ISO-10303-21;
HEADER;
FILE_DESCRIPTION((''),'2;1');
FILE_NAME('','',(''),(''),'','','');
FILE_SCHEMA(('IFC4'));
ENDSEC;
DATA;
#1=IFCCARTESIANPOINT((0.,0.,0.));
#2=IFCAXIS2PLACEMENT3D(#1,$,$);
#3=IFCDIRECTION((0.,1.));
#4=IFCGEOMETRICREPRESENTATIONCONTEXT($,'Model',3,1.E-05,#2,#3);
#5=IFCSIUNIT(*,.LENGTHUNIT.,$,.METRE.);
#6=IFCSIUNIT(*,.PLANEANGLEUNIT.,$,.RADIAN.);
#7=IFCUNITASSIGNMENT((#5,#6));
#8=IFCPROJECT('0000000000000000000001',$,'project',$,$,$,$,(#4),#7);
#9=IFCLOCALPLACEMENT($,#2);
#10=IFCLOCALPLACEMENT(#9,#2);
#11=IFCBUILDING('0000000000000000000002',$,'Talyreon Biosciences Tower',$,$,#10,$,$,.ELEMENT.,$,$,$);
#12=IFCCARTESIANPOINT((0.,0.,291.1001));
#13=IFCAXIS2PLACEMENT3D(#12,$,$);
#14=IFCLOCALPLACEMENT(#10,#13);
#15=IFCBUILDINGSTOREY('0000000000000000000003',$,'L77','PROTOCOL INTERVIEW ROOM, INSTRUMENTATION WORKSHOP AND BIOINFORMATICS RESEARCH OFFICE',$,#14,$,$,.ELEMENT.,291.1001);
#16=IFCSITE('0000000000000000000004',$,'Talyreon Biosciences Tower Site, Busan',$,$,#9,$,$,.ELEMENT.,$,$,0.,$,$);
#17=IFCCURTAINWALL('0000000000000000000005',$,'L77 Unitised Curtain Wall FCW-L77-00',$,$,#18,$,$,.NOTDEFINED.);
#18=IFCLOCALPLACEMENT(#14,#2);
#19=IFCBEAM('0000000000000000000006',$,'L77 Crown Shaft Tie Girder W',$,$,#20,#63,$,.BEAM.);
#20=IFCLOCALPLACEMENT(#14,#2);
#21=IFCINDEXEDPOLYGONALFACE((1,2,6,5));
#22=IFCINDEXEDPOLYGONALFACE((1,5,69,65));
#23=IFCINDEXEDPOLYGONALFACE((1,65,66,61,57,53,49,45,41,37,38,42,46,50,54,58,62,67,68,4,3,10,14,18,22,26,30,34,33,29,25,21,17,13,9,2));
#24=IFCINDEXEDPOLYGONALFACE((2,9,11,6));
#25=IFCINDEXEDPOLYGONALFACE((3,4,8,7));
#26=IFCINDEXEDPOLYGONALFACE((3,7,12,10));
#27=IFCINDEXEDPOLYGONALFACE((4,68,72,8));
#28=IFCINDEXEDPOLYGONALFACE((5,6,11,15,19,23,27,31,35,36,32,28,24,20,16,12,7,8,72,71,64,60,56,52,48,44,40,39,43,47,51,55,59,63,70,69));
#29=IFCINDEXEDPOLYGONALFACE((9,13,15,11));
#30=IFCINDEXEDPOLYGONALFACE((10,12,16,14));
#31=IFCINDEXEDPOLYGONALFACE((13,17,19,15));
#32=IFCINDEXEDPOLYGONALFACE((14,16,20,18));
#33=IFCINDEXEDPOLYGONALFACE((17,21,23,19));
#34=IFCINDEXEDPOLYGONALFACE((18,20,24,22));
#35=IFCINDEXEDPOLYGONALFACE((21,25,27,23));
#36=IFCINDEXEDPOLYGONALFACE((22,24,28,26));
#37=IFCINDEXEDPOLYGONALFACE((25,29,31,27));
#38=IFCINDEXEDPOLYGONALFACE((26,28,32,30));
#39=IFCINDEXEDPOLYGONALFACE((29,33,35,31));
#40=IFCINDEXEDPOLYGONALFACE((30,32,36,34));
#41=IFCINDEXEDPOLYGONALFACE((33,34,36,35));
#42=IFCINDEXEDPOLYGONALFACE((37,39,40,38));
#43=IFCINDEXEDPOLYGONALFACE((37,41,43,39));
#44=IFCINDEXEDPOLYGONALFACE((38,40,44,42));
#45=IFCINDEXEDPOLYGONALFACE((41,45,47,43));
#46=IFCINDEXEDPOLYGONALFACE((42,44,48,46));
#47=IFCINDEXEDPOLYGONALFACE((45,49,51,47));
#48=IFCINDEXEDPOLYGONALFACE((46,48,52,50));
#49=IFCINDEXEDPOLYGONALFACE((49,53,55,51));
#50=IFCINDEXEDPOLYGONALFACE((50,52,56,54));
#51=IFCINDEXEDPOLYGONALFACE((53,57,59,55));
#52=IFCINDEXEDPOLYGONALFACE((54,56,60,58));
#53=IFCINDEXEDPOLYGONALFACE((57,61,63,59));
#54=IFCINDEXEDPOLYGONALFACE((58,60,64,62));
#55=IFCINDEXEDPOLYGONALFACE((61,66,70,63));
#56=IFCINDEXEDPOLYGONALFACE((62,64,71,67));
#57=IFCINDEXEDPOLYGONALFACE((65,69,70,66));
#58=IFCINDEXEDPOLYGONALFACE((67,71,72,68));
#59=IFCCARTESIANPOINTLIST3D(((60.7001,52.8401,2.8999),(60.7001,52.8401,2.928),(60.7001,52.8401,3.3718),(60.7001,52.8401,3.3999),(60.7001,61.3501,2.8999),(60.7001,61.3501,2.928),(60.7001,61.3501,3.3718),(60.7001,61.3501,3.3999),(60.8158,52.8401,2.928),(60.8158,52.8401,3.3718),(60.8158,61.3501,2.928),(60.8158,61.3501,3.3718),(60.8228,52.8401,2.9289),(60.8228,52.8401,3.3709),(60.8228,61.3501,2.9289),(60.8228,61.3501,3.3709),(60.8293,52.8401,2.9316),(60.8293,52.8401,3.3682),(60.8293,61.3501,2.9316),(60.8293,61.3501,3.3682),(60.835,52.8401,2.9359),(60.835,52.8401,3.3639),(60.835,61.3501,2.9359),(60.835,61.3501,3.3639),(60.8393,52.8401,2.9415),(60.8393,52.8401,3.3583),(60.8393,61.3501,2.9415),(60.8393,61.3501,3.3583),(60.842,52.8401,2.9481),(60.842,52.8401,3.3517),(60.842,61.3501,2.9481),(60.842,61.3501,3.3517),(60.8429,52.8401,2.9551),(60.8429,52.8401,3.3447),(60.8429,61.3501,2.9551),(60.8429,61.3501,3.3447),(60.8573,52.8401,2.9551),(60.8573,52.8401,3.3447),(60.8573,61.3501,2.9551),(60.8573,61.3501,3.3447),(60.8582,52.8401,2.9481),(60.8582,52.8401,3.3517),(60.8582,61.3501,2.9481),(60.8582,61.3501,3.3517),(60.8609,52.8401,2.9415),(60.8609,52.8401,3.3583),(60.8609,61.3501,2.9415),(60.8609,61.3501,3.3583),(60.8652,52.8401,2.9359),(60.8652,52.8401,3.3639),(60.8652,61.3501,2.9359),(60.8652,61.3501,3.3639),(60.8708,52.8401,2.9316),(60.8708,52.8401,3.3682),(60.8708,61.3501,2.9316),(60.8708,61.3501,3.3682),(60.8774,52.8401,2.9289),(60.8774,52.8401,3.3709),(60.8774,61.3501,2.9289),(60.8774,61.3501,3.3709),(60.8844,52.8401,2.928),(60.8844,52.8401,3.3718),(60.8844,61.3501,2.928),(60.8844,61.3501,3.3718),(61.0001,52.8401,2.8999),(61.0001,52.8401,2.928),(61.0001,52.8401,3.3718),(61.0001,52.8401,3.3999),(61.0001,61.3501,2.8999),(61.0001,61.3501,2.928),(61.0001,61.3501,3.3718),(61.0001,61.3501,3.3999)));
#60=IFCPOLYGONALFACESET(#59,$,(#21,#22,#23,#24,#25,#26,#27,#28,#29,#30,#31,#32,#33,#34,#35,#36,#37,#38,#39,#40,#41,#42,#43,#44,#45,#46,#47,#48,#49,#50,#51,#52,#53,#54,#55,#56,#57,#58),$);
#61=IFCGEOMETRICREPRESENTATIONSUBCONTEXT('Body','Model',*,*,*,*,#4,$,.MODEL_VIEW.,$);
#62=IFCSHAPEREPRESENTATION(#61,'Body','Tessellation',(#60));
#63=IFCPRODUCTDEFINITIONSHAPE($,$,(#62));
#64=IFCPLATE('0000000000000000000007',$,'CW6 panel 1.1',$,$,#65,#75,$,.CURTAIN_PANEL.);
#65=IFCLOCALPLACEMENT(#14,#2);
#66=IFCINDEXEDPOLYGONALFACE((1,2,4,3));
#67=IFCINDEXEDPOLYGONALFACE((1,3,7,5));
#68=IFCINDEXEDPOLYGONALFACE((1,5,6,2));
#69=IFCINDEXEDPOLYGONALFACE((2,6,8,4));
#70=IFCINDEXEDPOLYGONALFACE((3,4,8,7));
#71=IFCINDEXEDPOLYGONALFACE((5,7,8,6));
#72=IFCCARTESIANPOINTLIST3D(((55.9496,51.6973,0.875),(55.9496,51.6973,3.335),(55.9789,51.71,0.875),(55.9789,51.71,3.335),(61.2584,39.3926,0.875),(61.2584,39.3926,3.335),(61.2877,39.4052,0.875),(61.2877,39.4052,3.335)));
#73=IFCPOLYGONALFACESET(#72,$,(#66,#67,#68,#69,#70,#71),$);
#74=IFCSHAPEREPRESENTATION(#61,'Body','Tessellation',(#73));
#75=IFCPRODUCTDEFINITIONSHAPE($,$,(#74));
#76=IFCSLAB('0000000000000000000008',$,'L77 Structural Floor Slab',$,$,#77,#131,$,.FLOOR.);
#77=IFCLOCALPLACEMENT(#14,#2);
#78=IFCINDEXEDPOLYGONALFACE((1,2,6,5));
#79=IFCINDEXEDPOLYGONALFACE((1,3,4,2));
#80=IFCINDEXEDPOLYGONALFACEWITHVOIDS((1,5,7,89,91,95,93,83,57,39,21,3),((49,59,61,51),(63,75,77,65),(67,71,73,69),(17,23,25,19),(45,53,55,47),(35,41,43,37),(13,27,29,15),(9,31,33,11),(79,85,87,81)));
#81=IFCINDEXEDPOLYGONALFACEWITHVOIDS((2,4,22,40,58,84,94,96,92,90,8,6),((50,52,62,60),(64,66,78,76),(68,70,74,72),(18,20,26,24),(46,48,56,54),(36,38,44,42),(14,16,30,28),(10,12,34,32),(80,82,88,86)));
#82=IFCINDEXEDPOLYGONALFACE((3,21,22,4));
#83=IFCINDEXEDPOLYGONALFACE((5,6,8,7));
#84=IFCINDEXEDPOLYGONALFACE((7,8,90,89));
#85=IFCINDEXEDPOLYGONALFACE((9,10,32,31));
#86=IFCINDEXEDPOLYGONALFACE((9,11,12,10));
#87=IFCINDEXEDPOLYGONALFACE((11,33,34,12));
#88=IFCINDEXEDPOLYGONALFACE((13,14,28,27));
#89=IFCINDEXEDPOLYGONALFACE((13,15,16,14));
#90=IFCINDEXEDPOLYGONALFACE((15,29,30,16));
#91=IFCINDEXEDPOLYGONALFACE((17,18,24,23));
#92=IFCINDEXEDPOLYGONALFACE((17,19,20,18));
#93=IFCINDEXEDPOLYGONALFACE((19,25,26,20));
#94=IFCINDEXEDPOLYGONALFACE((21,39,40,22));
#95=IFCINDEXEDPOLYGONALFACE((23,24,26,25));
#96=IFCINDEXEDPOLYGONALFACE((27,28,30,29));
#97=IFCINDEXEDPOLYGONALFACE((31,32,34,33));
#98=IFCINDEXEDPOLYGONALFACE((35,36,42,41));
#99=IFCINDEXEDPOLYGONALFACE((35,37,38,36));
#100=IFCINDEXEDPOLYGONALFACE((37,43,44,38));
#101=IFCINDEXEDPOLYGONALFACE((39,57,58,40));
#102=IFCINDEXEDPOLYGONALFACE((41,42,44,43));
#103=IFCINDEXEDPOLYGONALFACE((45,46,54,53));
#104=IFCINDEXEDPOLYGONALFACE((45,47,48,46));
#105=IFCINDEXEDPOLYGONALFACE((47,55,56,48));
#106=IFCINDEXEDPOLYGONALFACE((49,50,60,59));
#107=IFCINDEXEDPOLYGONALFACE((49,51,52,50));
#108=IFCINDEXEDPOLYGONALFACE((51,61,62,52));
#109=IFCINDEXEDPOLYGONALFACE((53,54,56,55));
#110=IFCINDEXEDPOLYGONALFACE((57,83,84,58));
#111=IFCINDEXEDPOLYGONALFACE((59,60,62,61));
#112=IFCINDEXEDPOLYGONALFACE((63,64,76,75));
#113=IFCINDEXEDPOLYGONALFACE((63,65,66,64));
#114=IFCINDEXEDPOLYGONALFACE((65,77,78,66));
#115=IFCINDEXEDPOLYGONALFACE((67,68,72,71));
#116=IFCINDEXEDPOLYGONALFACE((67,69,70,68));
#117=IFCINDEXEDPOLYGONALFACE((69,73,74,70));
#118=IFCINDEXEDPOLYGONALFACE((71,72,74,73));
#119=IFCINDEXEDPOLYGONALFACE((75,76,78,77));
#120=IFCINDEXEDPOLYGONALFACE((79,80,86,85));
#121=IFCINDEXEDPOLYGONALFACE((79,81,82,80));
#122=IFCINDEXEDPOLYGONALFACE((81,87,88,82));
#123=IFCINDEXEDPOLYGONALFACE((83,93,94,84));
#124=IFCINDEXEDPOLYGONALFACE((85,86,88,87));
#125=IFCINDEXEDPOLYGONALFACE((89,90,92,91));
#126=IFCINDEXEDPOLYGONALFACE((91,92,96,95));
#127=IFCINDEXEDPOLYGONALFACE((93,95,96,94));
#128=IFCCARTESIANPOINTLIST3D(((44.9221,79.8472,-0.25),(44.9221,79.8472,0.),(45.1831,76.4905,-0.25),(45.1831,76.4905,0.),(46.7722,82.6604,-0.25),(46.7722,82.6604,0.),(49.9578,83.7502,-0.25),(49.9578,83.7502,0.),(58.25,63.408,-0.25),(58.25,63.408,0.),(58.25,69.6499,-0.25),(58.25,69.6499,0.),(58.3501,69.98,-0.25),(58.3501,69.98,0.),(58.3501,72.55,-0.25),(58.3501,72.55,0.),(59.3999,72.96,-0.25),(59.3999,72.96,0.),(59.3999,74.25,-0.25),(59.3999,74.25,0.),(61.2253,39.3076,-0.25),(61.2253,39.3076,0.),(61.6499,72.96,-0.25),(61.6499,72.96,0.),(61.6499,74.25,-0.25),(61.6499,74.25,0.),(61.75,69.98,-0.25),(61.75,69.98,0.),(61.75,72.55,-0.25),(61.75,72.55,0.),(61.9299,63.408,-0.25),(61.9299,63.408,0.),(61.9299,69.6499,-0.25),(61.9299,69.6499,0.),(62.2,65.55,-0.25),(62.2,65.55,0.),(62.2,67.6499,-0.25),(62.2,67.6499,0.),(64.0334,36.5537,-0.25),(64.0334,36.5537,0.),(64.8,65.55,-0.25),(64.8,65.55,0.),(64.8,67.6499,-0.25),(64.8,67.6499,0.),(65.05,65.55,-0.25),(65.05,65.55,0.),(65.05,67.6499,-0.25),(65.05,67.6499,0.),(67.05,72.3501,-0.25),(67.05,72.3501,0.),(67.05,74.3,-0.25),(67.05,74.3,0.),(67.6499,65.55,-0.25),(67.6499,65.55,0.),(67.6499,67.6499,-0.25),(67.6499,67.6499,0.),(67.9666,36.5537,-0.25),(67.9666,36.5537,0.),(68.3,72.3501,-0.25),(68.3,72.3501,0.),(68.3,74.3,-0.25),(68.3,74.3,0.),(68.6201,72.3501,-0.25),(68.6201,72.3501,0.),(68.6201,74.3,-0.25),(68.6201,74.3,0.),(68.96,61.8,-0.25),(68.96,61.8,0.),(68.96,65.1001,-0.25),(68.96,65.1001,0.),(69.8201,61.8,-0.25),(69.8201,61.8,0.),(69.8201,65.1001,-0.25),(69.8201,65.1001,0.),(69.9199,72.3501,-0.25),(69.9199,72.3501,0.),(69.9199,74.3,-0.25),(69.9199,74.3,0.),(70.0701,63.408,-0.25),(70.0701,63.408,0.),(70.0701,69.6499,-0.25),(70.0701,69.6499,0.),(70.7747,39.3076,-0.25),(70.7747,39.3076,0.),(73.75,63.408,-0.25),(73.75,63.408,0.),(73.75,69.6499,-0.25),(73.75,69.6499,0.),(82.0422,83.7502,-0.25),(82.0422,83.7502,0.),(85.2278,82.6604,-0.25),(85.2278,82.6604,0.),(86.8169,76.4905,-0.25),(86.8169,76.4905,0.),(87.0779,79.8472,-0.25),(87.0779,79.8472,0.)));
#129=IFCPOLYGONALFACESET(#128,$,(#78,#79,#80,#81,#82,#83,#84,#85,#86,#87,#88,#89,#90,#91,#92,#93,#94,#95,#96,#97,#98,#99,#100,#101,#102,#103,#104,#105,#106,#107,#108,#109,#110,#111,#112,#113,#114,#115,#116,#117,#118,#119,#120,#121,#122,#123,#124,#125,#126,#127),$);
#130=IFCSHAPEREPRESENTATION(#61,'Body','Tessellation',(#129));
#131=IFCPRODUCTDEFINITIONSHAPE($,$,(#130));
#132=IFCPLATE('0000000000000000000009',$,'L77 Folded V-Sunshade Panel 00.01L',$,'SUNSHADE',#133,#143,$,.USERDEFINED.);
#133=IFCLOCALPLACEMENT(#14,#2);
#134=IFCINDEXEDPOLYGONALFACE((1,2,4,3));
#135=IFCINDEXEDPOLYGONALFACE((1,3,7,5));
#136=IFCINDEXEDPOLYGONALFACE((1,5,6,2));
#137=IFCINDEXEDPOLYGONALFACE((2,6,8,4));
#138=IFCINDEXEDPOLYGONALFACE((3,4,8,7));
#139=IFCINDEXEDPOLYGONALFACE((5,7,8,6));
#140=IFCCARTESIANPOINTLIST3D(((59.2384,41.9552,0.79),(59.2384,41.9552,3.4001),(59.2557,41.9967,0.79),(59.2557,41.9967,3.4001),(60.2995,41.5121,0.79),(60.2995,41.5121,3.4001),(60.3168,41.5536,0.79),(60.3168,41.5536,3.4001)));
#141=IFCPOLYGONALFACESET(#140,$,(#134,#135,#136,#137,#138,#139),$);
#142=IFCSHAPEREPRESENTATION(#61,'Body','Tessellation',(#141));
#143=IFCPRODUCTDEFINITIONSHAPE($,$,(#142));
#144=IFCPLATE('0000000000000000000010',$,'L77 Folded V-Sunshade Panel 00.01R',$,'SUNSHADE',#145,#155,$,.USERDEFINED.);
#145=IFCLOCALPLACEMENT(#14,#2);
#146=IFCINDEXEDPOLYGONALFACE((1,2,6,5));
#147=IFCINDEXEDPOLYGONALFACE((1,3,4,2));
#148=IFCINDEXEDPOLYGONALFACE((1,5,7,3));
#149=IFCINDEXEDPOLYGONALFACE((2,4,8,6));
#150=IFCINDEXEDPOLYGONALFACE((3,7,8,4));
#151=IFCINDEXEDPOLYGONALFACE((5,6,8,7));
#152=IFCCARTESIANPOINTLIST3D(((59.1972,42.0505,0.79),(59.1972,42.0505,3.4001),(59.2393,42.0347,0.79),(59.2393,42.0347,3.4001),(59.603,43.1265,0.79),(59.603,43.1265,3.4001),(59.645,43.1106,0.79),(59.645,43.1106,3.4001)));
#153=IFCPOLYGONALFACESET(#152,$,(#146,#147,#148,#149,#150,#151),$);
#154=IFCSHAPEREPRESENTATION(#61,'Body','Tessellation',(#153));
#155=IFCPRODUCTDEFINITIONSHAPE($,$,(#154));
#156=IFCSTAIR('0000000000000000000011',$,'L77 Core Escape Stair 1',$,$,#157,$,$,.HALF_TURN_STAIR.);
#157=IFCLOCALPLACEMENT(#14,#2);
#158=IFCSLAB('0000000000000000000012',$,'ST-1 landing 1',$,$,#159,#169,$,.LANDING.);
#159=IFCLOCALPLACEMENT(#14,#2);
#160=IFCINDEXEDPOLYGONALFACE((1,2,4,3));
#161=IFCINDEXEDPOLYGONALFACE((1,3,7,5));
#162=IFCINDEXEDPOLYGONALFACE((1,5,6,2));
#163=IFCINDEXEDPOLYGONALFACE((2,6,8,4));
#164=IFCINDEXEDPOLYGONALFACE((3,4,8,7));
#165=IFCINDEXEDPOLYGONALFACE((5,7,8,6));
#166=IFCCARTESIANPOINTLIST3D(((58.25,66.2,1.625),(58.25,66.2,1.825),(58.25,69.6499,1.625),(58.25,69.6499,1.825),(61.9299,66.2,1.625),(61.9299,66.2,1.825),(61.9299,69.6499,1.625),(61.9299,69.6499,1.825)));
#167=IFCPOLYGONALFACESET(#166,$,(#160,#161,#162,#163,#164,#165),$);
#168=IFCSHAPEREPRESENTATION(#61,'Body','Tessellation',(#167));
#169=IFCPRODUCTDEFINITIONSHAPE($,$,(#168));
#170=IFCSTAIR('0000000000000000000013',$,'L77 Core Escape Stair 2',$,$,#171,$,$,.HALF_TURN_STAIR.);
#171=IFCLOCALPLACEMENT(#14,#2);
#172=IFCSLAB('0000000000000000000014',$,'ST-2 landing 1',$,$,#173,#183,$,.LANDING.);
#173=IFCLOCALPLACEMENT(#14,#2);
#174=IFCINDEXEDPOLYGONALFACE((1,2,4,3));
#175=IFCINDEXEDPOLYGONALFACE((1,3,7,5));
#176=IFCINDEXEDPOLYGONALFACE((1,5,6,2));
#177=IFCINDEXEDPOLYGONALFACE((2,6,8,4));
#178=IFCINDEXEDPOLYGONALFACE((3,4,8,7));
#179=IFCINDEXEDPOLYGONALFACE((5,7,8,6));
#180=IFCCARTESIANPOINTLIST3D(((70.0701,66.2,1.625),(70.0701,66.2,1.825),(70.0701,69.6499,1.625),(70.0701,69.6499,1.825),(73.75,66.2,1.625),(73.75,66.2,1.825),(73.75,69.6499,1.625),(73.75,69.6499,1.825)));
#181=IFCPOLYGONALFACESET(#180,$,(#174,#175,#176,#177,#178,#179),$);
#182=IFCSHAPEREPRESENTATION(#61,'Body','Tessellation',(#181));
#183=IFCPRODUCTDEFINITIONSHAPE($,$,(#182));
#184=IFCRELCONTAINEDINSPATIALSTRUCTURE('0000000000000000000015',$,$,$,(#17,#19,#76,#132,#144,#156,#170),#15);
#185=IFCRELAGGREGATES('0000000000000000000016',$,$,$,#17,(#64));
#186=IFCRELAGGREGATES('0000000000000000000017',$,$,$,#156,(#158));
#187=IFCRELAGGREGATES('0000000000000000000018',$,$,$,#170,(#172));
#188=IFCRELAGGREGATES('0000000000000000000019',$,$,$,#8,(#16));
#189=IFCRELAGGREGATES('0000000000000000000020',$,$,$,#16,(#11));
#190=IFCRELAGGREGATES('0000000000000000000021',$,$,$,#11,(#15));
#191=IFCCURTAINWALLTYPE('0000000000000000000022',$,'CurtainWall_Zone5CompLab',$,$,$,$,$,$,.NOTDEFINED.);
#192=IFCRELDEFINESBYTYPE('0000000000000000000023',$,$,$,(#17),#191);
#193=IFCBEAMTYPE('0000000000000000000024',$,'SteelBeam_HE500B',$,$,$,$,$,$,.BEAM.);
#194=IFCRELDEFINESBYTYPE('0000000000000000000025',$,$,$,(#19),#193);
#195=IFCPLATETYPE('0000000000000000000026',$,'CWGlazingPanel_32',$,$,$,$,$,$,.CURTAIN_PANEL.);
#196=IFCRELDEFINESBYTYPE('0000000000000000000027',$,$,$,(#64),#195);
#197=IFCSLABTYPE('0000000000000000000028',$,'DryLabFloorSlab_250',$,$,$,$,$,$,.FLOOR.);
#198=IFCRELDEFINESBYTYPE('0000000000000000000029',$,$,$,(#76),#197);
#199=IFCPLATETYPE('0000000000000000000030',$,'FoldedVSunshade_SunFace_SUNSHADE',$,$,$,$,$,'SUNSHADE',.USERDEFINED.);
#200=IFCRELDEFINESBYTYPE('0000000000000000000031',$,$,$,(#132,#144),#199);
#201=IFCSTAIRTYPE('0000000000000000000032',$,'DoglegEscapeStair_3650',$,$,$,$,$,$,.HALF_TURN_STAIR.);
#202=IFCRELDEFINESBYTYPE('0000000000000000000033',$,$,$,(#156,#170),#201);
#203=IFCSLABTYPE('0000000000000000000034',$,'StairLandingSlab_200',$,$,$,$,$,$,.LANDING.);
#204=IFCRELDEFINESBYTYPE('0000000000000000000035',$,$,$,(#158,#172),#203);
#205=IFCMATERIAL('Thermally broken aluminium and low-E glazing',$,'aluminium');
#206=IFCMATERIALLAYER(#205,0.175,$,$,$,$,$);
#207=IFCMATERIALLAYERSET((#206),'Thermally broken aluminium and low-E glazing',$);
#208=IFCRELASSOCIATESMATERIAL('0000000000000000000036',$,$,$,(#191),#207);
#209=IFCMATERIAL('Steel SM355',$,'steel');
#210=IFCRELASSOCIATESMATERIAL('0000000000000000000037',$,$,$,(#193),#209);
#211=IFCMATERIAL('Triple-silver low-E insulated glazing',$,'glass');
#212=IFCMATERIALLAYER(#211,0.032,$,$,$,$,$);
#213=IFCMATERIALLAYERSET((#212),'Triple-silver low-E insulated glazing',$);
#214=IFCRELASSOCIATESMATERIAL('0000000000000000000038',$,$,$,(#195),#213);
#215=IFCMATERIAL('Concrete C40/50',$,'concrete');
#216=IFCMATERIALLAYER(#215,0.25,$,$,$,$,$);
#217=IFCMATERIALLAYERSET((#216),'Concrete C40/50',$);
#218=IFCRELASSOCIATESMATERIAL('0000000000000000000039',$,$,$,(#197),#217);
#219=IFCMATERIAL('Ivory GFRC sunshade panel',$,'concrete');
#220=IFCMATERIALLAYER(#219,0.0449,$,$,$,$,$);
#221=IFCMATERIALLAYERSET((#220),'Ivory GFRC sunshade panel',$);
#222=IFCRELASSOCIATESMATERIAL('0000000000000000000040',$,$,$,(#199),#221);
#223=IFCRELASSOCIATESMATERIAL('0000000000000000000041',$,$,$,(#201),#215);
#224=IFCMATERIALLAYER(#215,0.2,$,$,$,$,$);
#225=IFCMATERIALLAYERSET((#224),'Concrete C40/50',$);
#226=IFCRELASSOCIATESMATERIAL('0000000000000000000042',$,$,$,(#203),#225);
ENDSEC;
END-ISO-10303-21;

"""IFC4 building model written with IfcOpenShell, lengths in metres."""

from ifc_helpers import new_model, si_unit, direction, frame, origin, origin_2d, place, context, subcontext, project, spatial, polyline, rectangle, i_section, outline, extrude, material, layer, layer_set, material_profile, profile_set, type_object, element, aggregate, save


model = new_model("IFC4")

# Units and contexts
model_context = context("Model", 3, precision=1e-05, world=origin(), true_north=direction((0.0, 1.0)))
body_context = subcontext(model_context, "Body", "Model", "MODEL_VIEW")
ifc_project = project(units=[si_unit("LENGTHUNIT", "METRE"), si_unit("PLANEANGLEUNIT", "RADIAN")], contexts=[model_context])

# Site, building, storey
site_placement = place(None, origin())
site = spatial("IfcSite", under=ifc_project, at=site_placement, Name="Talyreon Biosciences Tower Site, Busan", CompositionType="ELEMENT", RefElevation=0.0)
building_placement = place(site_placement, origin())
building = spatial("IfcBuilding", under=site, at=building_placement, Name="Talyreon Biosciences Tower", CompositionType="ELEMENT")
storey_placement = place(building_placement, frame((0.0, 0.0, 291.1001)))
storey = spatial("IfcBuildingStorey", under=building, at=storey_placement, Name="L77", Description="PROTOCOL INTERVIEW ROOM, INSTRUMENTATION WORKSHOP AND BIOINFORMATICS RESEARCH OFFICE", CompositionType="ELEMENT", Elevation=291.1001)

# Curtain wall
ifc_material_1 = material(Name="Thermally broken aluminium and low-E glazing", Category="aluminium")
ifc_layer_1 = layer(ifc_material_1, 0.175)
ifc_layer_set_1 = layer_set([ifc_layer_1], Name="Thermally broken aluminium and low-E glazing")
curtain_wall_type = type_object("IfcCurtainWallType", Name="CurtainWall_Zone5CompLab", PredefinedType="NOTDEFINED", material=ifc_layer_set_1)
curtain_wall_placement = place(storey_placement, origin())
curtain_wall = element("IfcCurtainWall", 1, at=curtain_wall_placement, inside=storey, type_object=curtain_wall_type, Name="L77 Unitised Curtain Wall FCW-L77-00", PredefinedType="NOTDEFINED")

# Beam
ifc_material_2 = material(Name="Steel SM355", Category="steel")
ifc_material_profile_1 = material_profile(ifc_material_2, i_section(OverallWidth=0.3, OverallDepth=0.5, WebThickness=0.0144, FlangeThickness=0.0281, FilletRadius=0.0271, at=origin_2d()), Name="HE500B")
ifc_profile_set_1 = profile_set([ifc_material_profile_1], Name="Steel SM355")
beam_type_1 = type_object("IfcBeamType", Name="SteelBeam_HE500B", PredefinedType="BEAM", material=ifc_profile_set_1)
beam_1_placement = place(storey_placement, frame((60.8501, 52.8401, 3.1499), z_axis=(0.0, 1.0, 0.0), x_axis=(-1.0, 0.0, 0.0)))
element("IfcBeam", 2, at=beam_1_placement, inside=storey, type_object=beam_type_1, Name="L77 Crown Shaft Tie Girder W", PredefinedType="BEAM", context=body_context, shape_type="SweptSolid", body=[
    extrude(i_section(OverallWidth=0.3, OverallDepth=0.5, WebThickness=0.0144, FlangeThickness=0.0281, FilletRadius=0.0271, at=origin_2d()), origin(), (0.0, 0.0, 1.0), 8.51),
])

# Plate
ifc_material_3 = material(Name="Triple-silver low-E insulated glazing", Category="glass")
ifc_layer_2 = layer(ifc_material_3, 0.032)
ifc_layer_set_2 = layer_set([ifc_layer_2], Name="Triple-silver low-E insulated glazing")
plate_type_1 = type_object("IfcPlateType", Name="CWGlazingPanel_32", PredefinedType="CURTAIN_PANEL", material=ifc_layer_set_2)
plate_placement = place(storey_placement, frame((58.6187, 45.5513, 0.875), z_axis=(0.0, 0.0, 1.0), x_axis=(-0.396147, 0.918187, 0.0)))
plate = element("IfcPlate", 3, at=plate_placement, type_object=plate_type_1, Name="CW6 panel 1.1", PredefinedType="CURTAIN_PANEL", context=body_context, shape_type="SweptSolid", body=[
    extrude(rectangle(XDim=13.4011, YDim=0.032, at=origin_2d()), origin(), (0.0, 0.0, 1.0), 2.46),
])
aggregate(curtain_wall, [plate])

# Slab
ifc_material_4 = material(Name="Concrete C40/50", Category="concrete")
ifc_layer_3 = layer(ifc_material_4, 0.25)
ifc_layer_set_3 = layer_set([ifc_layer_3], Name="Concrete C40/50")
slab_type_1 = type_object("IfcSlabType", Name="DryLabFloorSlab_250", PredefinedType="FLOOR", material=ifc_layer_set_3)
slab_1_placement = place(storey_placement, frame((0.0, 0.0, -0.25)))
element("IfcSlab", 4, at=slab_1_placement, inside=storey, type_object=slab_type_1, Name="L77 Structural Floor Slab", PredefinedType="FLOOR", context=body_context, shape_type="SweptSolid", body=[
    extrude(outline(polyline([(61.2253, 39.3076), (45.1831, 76.4905), (44.9221, 79.8472), (46.7722, 82.6604), (49.9578, 83.7502), (82.0422, 83.7502), (85.2278, 82.6604), (87.0779, 79.8472), (86.8169, 76.4905), (70.7747, 39.3076), (67.9666, 36.5537), (64.0334, 36.5537), (61.2253, 39.3076)]), holes=[polyline([(69.8201, 65.1001), (69.8201, 61.8), (68.96, 61.8), (68.96, 65.1001), (69.8201, 65.1001)]), polyline([(61.9299, 69.6499), (61.9299, 63.408), (58.25, 63.408), (58.25, 69.6499), (61.9299, 69.6499)]), polyline([(73.75, 69.6499), (73.75, 63.408), (70.0701, 63.408), (70.0701, 69.6499), (73.75, 69.6499)]), polyline([(64.8, 67.6499), (64.8, 65.55), (62.2, 65.55), (62.2, 67.6499), (64.8, 67.6499)]), polyline([(67.6499, 67.6499), (67.6499, 65.55), (65.05, 65.55), (65.05, 67.6499), (67.6499, 67.6499)]), polyline([(61.75, 72.55), (61.75, 69.98), (58.3501, 69.98), (58.3501, 72.55), (61.75, 72.55)]), polyline([(68.3, 74.3), (68.3, 72.3501), (67.05, 72.3501), (67.05, 74.3), (68.3, 74.3)]), polyline([(69.9199, 72.3501), (68.6201, 72.3501), (68.6201, 74.3), (69.9199, 74.3), (69.9199, 72.3501)]), polyline([(61.6499, 72.96), (59.3999, 72.96), (59.3999, 74.25), (61.6499, 74.25), (61.6499, 72.96)])]), origin(), (0.0, 0.0, 1.0), 0.25),
])

# Plates
ifc_material_5 = material(Name="Ivory GFRC sunshade panel", Category="concrete")
ifc_layer_4 = layer(ifc_material_5, 0.0449)
ifc_layer_set_4 = layer_set([ifc_layer_4], Name="Ivory GFRC sunshade panel")
plate_type_2 = type_object("IfcPlateType", Name="FoldedVSunshade_SunFace_SUNSHADE", ElementType="SUNSHADE", PredefinedType="USERDEFINED", material=ifc_layer_set_4)
for number, where, z_axis, x_axis, name in (
    (5, (59.7776, 41.7544, 0.79), (0.0, 0.0, 1.0), (-0.922787, 0.38531, 0.0), "L77 Folded V-Sunshade Panel 00.01L"),
    (6, (59.4211, 42.5806, 0.79), (0.0, 0.0, 1.0), (0.352871, 0.935672, 0.0), "L77 Folded V-Sunshade Panel 00.01R"),
):
    element("IfcPlate", number, at=place(storey_placement, frame(where, z_axis=z_axis, x_axis=x_axis)), inside=storey, type_object=plate_type_2, Name=name, ObjectType="SUNSHADE", PredefinedType="USERDEFINED", context=body_context, shape_type="SweptSolid", body=[
        extrude(rectangle(XDim=1.1499, YDim=0.0449, at=origin_2d()), origin(), (0.0, 0.0, 1.0), 2.6101),
    ])

# Stairs, slabs
stair_type = type_object("IfcStairType", Name="DoglegEscapeStair_3650", PredefinedType="HALF_TURN_STAIR", material=ifc_material_4)
stair_1_placement = place(storey_placement, origin())
stair_1 = element("IfcStair", 7, at=stair_1_placement, inside=storey, type_object=stair_type, Name="L77 Core Escape Stair 1", PredefinedType="HALF_TURN_STAIR")
ifc_layer_5 = layer(ifc_material_4, 0.2)
ifc_layer_set_5 = layer_set([ifc_layer_5], Name="Concrete C40/50")
slab_type_2 = type_object("IfcSlabType", Name="StairLandingSlab_200", PredefinedType="LANDING", material=ifc_layer_set_5)
slab_2_placement = place(storey_placement, frame((0.0, 0.0, 1.625)))
slab_2 = element("IfcSlab", 8, at=slab_2_placement, type_object=slab_type_2, Name="ST-1 landing 1", PredefinedType="LANDING", context=body_context, shape_type="SweptSolid", body=[
    extrude(outline(polyline([(61.9299, 66.2), (61.9299, 69.6499), (58.25, 69.6499), (58.25, 66.2), (61.9299, 66.2)])), origin(), (0.0, 0.0, 1.0), 0.2),
])
aggregate(stair_1, [slab_2])
stair_2_placement = place(storey_placement, origin())
stair_2 = element("IfcStair", 9, at=stair_2_placement, inside=storey, type_object=stair_type, Name="L77 Core Escape Stair 2", PredefinedType="HALF_TURN_STAIR")
slab_3_placement = place(storey_placement, frame((0.0, 0.0, 1.625)))
slab_3 = element("IfcSlab", 10, at=slab_3_placement, type_object=slab_type_2, Name="ST-2 landing 1", PredefinedType="LANDING", context=body_context, shape_type="SweptSolid", body=[
    extrude(outline(polyline([(73.75, 66.2), (73.75, 69.6499), (70.0701, 69.6499), (70.0701, 66.2), (73.75, 66.2)])), origin(), (0.0, 0.0, 1.0), 0.2),
])
aggregate(stair_2, [slab_3])

save(model, "model.ifc")
